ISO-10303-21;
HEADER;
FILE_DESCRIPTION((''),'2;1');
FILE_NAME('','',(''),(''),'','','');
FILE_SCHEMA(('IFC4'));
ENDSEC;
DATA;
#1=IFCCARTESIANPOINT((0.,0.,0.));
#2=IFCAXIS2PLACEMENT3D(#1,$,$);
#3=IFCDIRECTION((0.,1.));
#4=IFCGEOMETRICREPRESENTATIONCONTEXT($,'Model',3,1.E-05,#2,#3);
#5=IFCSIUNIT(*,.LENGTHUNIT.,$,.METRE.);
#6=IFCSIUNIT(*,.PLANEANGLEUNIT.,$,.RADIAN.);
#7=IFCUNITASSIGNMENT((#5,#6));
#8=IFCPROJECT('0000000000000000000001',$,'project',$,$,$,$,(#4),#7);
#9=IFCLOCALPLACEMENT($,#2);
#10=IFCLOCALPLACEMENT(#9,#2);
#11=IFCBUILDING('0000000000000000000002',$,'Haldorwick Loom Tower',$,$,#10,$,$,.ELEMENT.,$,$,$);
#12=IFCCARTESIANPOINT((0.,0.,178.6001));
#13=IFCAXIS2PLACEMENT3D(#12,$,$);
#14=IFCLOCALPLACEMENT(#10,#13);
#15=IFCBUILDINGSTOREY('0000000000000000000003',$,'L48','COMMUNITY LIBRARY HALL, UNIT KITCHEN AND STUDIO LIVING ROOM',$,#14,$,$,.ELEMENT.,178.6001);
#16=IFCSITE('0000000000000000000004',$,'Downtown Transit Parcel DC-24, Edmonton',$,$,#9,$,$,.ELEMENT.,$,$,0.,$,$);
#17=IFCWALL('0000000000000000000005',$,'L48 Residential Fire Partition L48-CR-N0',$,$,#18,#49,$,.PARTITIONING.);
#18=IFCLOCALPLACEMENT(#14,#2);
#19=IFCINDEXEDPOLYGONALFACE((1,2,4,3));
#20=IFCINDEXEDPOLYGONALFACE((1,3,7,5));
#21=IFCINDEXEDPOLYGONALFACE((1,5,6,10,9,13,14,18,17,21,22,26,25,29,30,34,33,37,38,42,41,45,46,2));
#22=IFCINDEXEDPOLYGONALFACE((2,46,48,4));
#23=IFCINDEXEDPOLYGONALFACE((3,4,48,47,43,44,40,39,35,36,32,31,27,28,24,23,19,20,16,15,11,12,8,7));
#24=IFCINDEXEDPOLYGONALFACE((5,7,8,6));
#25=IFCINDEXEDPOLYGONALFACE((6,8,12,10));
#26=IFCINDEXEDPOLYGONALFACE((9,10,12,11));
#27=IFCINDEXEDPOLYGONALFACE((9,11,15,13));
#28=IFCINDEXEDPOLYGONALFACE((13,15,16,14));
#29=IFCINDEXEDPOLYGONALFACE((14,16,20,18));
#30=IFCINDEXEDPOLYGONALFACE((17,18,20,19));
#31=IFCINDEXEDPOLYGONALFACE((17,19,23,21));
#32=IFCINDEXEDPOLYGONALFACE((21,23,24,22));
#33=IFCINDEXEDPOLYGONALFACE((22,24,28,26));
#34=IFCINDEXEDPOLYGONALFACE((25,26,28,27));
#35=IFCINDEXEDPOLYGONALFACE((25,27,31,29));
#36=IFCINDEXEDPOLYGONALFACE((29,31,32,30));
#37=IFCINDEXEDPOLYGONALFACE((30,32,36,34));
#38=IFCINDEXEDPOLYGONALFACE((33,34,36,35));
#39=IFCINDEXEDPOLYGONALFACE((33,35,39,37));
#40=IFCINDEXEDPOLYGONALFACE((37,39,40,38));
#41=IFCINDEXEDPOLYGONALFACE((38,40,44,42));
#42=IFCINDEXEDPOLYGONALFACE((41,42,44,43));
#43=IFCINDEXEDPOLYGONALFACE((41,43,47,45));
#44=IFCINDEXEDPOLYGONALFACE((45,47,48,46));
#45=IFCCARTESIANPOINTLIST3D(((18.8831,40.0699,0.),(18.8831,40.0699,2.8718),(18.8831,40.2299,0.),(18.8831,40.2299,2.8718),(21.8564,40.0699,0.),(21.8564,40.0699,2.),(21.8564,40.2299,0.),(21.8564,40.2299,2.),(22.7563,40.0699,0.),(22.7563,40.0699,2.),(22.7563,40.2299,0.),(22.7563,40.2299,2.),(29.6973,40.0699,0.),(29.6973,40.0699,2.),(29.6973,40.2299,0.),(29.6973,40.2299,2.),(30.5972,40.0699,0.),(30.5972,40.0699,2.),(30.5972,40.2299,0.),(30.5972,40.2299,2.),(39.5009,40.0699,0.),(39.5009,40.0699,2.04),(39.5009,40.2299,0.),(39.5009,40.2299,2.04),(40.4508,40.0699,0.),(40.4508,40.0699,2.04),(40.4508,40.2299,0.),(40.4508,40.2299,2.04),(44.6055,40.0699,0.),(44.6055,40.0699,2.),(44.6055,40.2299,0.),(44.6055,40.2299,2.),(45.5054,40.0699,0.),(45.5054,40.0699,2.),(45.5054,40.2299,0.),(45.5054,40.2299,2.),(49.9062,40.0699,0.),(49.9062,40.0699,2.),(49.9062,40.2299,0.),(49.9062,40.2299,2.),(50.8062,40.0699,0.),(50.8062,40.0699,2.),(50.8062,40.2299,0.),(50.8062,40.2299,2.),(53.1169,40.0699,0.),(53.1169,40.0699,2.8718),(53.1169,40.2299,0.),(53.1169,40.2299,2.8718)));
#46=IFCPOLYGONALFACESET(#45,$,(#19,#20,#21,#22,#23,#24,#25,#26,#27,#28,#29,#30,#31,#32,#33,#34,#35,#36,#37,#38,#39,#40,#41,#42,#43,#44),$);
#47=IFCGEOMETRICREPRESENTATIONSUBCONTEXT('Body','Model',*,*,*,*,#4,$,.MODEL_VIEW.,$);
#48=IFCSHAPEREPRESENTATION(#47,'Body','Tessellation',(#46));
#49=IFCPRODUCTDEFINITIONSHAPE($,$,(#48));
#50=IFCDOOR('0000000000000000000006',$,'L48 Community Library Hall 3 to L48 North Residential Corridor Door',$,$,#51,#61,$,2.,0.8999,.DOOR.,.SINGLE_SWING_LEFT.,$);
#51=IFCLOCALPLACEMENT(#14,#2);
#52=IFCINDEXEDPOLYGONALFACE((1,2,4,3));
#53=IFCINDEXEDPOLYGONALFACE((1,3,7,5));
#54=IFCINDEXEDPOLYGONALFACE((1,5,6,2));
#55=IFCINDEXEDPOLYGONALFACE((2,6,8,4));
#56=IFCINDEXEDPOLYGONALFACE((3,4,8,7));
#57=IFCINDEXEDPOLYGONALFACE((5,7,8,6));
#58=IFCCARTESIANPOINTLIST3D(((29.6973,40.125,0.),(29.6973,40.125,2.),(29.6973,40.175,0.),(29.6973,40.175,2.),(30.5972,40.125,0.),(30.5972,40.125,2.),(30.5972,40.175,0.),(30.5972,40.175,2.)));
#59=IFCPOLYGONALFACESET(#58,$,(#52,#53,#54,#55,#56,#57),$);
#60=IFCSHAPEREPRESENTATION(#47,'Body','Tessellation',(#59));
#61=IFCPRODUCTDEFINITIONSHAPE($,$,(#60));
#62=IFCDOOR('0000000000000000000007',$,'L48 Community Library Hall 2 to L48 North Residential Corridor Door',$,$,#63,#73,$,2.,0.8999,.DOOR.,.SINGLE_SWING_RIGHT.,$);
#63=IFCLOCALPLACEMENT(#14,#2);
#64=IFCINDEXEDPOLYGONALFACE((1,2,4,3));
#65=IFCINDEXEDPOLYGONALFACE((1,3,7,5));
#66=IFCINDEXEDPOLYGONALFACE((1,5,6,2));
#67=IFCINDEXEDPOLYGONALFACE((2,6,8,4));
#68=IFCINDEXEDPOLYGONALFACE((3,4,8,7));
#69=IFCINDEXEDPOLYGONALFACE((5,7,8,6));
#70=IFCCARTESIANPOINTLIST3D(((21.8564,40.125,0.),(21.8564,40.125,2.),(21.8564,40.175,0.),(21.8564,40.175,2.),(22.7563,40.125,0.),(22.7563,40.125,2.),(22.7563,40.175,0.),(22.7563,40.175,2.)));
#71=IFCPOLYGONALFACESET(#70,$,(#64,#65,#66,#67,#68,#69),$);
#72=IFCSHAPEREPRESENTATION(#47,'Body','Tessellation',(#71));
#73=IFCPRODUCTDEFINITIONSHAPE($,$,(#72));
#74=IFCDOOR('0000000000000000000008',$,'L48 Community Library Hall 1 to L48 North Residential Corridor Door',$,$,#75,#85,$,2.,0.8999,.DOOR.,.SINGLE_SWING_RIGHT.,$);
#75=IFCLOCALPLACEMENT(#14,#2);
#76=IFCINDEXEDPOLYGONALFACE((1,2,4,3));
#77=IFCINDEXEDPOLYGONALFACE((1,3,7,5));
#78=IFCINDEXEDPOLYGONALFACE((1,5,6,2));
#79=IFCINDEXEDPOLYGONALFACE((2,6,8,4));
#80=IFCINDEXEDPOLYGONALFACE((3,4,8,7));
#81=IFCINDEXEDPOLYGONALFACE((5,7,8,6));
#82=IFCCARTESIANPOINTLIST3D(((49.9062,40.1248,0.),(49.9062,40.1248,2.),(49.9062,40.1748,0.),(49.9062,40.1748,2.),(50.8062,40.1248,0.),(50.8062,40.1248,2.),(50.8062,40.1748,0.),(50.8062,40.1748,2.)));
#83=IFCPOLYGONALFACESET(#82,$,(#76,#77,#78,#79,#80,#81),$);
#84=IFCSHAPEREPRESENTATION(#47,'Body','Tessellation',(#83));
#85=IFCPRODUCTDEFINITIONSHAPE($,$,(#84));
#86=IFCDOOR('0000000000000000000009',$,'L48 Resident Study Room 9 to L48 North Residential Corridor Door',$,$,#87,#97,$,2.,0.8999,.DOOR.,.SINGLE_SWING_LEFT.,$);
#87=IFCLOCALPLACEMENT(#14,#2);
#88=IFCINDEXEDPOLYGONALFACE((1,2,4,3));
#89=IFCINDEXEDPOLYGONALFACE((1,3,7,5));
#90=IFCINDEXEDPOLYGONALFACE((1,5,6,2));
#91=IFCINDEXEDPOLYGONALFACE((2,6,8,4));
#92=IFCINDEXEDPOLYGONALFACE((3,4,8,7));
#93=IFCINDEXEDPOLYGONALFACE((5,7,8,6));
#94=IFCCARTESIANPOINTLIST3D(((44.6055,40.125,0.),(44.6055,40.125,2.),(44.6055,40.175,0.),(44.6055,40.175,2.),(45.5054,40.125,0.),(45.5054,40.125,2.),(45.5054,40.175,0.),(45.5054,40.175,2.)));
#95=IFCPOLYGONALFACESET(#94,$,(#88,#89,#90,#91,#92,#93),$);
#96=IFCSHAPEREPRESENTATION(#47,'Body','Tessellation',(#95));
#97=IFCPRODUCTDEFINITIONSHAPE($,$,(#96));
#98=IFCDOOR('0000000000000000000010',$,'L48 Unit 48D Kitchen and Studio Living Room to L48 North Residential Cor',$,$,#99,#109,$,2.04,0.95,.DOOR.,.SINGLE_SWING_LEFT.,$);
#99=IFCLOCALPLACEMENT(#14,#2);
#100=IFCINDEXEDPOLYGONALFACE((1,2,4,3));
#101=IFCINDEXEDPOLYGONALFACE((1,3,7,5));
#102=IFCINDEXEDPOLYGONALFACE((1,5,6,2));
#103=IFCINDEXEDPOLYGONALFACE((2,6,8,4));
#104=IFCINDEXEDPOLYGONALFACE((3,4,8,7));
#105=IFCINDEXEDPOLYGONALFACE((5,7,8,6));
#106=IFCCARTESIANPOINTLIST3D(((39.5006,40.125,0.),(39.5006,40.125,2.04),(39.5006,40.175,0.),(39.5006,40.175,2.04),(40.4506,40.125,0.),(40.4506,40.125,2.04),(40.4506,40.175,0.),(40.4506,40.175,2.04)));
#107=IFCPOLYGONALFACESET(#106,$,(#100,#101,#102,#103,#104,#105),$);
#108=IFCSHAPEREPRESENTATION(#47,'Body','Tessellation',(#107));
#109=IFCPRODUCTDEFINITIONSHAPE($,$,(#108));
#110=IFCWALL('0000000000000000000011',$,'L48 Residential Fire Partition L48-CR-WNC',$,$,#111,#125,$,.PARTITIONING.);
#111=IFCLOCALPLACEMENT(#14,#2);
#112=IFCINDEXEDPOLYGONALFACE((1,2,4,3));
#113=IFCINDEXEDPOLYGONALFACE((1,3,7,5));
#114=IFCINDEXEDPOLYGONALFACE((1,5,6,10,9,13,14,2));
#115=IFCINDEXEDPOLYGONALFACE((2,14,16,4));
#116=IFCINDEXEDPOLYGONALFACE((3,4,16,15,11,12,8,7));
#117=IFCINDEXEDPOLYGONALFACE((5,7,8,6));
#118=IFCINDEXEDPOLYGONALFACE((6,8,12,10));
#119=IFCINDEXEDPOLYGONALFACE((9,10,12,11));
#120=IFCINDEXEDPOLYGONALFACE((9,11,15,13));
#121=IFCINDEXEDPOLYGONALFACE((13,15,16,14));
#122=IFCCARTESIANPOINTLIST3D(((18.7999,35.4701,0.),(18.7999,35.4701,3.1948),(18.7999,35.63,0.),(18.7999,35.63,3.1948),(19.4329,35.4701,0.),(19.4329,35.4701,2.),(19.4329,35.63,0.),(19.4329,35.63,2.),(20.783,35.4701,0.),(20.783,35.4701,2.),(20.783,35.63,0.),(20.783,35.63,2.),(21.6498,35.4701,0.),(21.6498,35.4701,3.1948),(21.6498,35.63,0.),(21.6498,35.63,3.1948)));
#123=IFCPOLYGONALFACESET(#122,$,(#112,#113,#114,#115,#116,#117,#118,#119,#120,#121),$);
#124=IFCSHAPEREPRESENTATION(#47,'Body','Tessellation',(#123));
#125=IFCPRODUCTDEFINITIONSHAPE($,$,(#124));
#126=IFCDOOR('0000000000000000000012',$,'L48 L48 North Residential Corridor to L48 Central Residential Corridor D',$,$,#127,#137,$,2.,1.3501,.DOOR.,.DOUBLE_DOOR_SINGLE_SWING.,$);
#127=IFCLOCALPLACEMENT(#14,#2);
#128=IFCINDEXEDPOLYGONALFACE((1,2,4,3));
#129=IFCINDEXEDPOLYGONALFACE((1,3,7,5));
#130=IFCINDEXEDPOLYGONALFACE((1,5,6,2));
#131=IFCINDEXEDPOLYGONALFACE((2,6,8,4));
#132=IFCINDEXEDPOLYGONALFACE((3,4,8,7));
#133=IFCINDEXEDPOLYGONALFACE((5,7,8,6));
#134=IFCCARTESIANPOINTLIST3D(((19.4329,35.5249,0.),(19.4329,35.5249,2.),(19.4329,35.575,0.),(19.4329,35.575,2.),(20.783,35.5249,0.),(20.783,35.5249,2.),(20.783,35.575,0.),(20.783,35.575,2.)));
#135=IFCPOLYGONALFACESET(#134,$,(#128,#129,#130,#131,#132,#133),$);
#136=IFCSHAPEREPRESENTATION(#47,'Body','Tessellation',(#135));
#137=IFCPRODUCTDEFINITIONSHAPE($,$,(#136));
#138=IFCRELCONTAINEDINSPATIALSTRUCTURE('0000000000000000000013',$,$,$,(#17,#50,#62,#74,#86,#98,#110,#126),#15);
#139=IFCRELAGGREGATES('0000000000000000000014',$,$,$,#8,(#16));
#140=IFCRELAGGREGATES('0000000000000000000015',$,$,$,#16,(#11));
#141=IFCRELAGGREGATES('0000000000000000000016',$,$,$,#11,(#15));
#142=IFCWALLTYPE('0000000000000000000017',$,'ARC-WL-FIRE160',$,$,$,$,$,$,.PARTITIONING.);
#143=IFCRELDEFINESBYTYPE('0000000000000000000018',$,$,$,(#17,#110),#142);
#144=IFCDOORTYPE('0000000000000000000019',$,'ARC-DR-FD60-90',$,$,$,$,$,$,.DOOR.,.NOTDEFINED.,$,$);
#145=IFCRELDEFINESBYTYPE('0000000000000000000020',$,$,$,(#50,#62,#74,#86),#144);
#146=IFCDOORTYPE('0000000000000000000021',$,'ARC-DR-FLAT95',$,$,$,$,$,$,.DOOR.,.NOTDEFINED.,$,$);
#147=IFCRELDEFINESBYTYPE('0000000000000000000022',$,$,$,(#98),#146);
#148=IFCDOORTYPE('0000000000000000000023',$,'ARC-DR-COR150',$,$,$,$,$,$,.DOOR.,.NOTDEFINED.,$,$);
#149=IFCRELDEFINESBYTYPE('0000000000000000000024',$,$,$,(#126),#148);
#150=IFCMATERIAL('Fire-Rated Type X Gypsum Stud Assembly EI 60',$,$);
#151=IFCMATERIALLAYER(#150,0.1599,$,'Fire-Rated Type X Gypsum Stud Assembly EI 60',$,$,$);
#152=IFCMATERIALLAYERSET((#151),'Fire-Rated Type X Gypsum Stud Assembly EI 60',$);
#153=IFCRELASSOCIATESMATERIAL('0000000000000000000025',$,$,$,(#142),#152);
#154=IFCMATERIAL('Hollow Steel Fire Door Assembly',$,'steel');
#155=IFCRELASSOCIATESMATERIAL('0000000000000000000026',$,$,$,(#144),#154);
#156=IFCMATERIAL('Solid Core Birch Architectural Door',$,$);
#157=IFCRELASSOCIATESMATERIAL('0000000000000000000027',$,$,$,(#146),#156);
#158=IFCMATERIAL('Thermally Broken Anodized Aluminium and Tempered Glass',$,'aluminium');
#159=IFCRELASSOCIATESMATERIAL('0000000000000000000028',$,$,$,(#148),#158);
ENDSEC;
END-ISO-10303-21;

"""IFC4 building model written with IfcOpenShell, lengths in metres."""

from ifc_helpers import new_model, si_unit, direction, frame, frame_2d, origin, place, context, subcontext, project, spatial, rectangle, extrude, material, layer, layer_set, type_object, element, fill, save


model = new_model("IFC4")

# Units and contexts
model_context = context("Model", 3, precision=1e-05, world=origin(), true_north=direction((0.0, 1.0)))
body_context = subcontext(model_context, "Body", "Model", "MODEL_VIEW")
ifc_project = project(units=[si_unit("LENGTHUNIT", "METRE"), si_unit("PLANEANGLEUNIT", "RADIAN")], contexts=[model_context])

# Site, building, storey
site_placement = place(None, origin())
site = spatial("IfcSite", under=ifc_project, at=site_placement, Name="Downtown Transit Parcel DC-24, Edmonton", CompositionType="ELEMENT", RefElevation=0.0)
building_placement = place(site_placement, origin())
building = spatial("IfcBuilding", under=site, at=building_placement, Name="Haldorwick Loom Tower", CompositionType="ELEMENT")
storey_placement = place(building_placement, frame((0.0, 0.0, 178.6001)))
storey = spatial("IfcBuildingStorey", under=building, at=storey_placement, Name="L48", Description="COMMUNITY LIBRARY HALL, UNIT KITCHEN AND STUDIO LIVING ROOM", CompositionType="ELEMENT", Elevation=178.6001)

# Shared definitions
ifc_material_1 = material(Name="Fire-Rated Type X Gypsum Stud Assembly EI 60")
ifc_layer_1 = layer(ifc_material_1, 0.1599, Name="Fire-Rated Type X Gypsum Stud Assembly EI 60")
ifc_layer_set_1 = layer_set([ifc_layer_1], Name="Fire-Rated Type X Gypsum Stud Assembly EI 60")
wall_type_1 = type_object("IfcWallType", Name="ARC-WL-FIRE160", PredefinedType="PARTITIONING", material=ifc_layer_set_1)

# Shared definitions
ifc_material_2 = material(Name="Hollow Steel Fire Door Assembly", Category="steel")
door_type_1 = type_object("IfcDoorType", Name="ARC-DR-FD60-90", OperationType="NOTDEFINED", PredefinedType="DOOR", material=ifc_material_2)

# Wall, openings, doors
wall_1_placement = place(storey_placement, frame((18.8831, 40.1499, 0.0), z_axis=(0.0, 0.0, 1.0), x_axis=(1.0, 0.0, 0.0)))
wall_1 = element("IfcWall", 1, at=wall_1_placement, inside=storey, type_object=wall_type_1, Name="L48 Residential Fire Partition L48-CR-N0", PredefinedType="PARTITIONING", context=body_context, shape_type="SweptSolid", body=[
    extrude(rectangle(XDim=34.2339, YDim=0.1599, at=frame_2d((17.1169, 0.0))), origin(), (0.0, 0.0, 1.0), 2.8718),
])
opening_1_placement = place(wall_1_placement, frame((10.8142, 0.0, 0.0)))
opening_1 = element("IfcOpeningElement", 2, at=opening_1_placement, cuts=wall_1, PredefinedType="OPENING", context=body_context, shape_type="SweptSolid", body=[
    extrude(rectangle(XDim=0.8999, YDim=2.0, at=frame_2d((0.45, 1.0))), frame((0.0, 0.0898, 0.0), z_axis=(0.0, -1.0, 0.0), x_axis=(1.0, 0.0, 0.0)), (0.0, 0.0, 1.0), 0.1799),
])
opening_2_placement = place(wall_1_placement, frame((2.9734, 0.0, 0.0)))
opening_2 = element("IfcOpeningElement", 3, at=opening_2_placement, cuts=wall_1, PredefinedType="OPENING", context=body_context, shape_type="SweptSolid", body=[
    extrude(rectangle(XDim=0.8999, YDim=2.0, at=frame_2d((0.45, 1.0))), frame((0.0, 0.0898, 0.0), z_axis=(0.0, -1.0, 0.0), x_axis=(1.0, 0.0, 0.0)), (0.0, 0.0, 1.0), 0.1799),
])
opening_3_placement = place(wall_1_placement, frame((20.6177, 0.0, 0.0)))
opening_3 = element("IfcOpeningElement", 4, at=opening_3_placement, cuts=wall_1, PredefinedType="OPENING", context=body_context, shape_type="SweptSolid", body=[
    extrude(rectangle(XDim=0.95, YDim=2.04, at=frame_2d((0.4751, 1.02))), frame((0.0, 0.0898, 0.0), z_axis=(0.0, -1.0, 0.0), x_axis=(1.0, 0.0, 0.0)), (0.0, 0.0, 1.0), 0.1799),
])
opening_4_placement = place(wall_1_placement, frame((31.0232, 0.0, 0.0)))
opening_4 = element("IfcOpeningElement", 5, at=opening_4_placement, cuts=wall_1, PredefinedType="OPENING", context=body_context, shape_type="SweptSolid", body=[
    extrude(rectangle(XDim=0.8999, YDim=2.0, at=frame_2d((0.45, 1.0))), frame((0.0, 0.0898, 0.0), z_axis=(0.0, -1.0, 0.0), x_axis=(1.0, 0.0, 0.0)), (0.0, 0.0, 1.0), 0.1799),
])
opening_5_placement = place(wall_1_placement, frame((25.7224, 0.0, 0.0)))
opening_5 = element("IfcOpeningElement", 6, at=opening_5_placement, cuts=wall_1, PredefinedType="OPENING", context=body_context, shape_type="SweptSolid", body=[
    extrude(rectangle(XDim=0.8999, YDim=2.0, at=frame_2d((0.45, 1.0))), frame((0.0, 0.0898, 0.0), z_axis=(0.0, -1.0, 0.0), x_axis=(1.0, 0.0, 0.0)), (0.0, 0.0, 1.0), 0.1799),
])
door_1_placement = place(opening_1_placement, frame((0.8999, 0.0, 0.0), z_axis=(0.0, 0.0, 1.0), x_axis=(-1.0, 0.0, 0.0)))
door_1 = element("IfcDoor", 7, at=door_1_placement, inside=storey, type_object=door_type_1, Name="L48 Community Library Hall 3 to L48 North Residential Corridor Door", OperationType="SINGLE_SWING_LEFT", OverallHeight=2.0, OverallWidth=0.8999, PredefinedType="DOOR", context=body_context, shape_type="SweptSolid", body=[
    extrude(rectangle(XDim=0.8999, YDim=2.0, at=frame_2d((0.45, 1.0))), frame((0.0, 0.0249, 0.0), z_axis=(0.0, -1.0, 0.0), x_axis=(1.0, 0.0, 0.0)), (0.0, 0.0, 1.0), 0.05),
])
fill(opening_1, door_1)
door_2_placement = place(opening_2_placement, frame((0.8999, 0.0, 0.0), z_axis=(0.0, 0.0, 1.0), x_axis=(-1.0, 0.0, 0.0)))
door_2 = element("IfcDoor", 8, at=door_2_placement, inside=storey, type_object=door_type_1, Name="L48 Community Library Hall 2 to L48 North Residential Corridor Door", OperationType="SINGLE_SWING_RIGHT", OverallHeight=2.0, OverallWidth=0.8999, PredefinedType="DOOR", context=body_context, shape_type="SweptSolid", body=[
    extrude(rectangle(XDim=0.8999, YDim=2.0, at=frame_2d((0.45, 1.0))), frame((0.0, 0.0249, 0.0), z_axis=(0.0, -1.0, 0.0), x_axis=(1.0, 0.0, 0.0)), (0.0, 0.0, 1.0), 0.05),
])
fill(opening_2, door_2)
door_3_placement = place(opening_4_placement, origin())
door_3 = element("IfcDoor", 9, at=door_3_placement, inside=storey, type_object=door_type_1, Name="L48 Community Library Hall 1 to L48 North Residential Corridor Door", OperationType="SINGLE_SWING_RIGHT", OverallHeight=2.0, OverallWidth=0.8999, PredefinedType="DOOR", context=body_context, shape_type="SweptSolid", body=[
    extrude(rectangle(XDim=0.8999, YDim=2.0, at=frame_2d((0.45, 1.0))), frame((0.0, 0.0249, 0.0), z_axis=(0.0, -1.0, 0.0), x_axis=(1.0, 0.0, 0.0)), (0.0, 0.0, 1.0), 0.05),
])
fill(opening_4, door_3)
door_4_placement = place(opening_5_placement, frame((0.8999, 0.0, 0.0), z_axis=(0.0, 0.0, 1.0), x_axis=(-1.0, 0.0, 0.0)))
door_4 = element("IfcDoor", 10, at=door_4_placement, inside=storey, type_object=door_type_1, Name="L48 Resident Study Room 9 to L48 North Residential Corridor Door", OperationType="SINGLE_SWING_LEFT", OverallHeight=2.0, OverallWidth=0.8999, PredefinedType="DOOR", context=body_context, shape_type="SweptSolid", body=[
    extrude(rectangle(XDim=0.8999, YDim=2.0, at=frame_2d((0.45, 1.0))), frame((0.0, 0.0249, 0.0), z_axis=(0.0, -1.0, 0.0), x_axis=(1.0, 0.0, 0.0)), (0.0, 0.0, 1.0), 0.05),
])
fill(opening_5, door_4)
ifc_material_3 = material(Name="Solid Core Birch Architectural Door")
door_type_2 = type_object("IfcDoorType", Name="ARC-DR-FLAT95", OperationType="NOTDEFINED", PredefinedType="DOOR", material=ifc_material_3)
door_5_placement = place(opening_3_placement, frame((0.95, 0.0, 0.0), z_axis=(0.0, 0.0, 1.0), x_axis=(-1.0, 0.0, 0.0)))
door_5 = element("IfcDoor", 11, at=door_5_placement, inside=storey, type_object=door_type_2, Name="L48 Unit 48D Kitchen and Studio Living Room to L48 North Residential Cor", OperationType="SINGLE_SWING_LEFT", OverallHeight=2.04, OverallWidth=0.95, PredefinedType="DOOR", context=body_context, shape_type="SweptSolid", body=[
    extrude(rectangle(XDim=0.95, YDim=2.04, at=frame_2d((0.4751, 1.02))), frame((0.0, 0.0249, 0.0), z_axis=(0.0, -1.0, 0.0), x_axis=(1.0, 0.0, 0.0)), (0.0, 0.0, 1.0), 0.05),
])
fill(opening_3, door_5)

# Wall, opening, door
wall_2_placement = place(storey_placement, frame((18.8, 35.55, 0.0), z_axis=(0.0, 0.0, 1.0), x_axis=(1.0, 0.0, 0.0)))
wall_2 = element("IfcWall", 12, at=wall_2_placement, inside=storey, type_object=wall_type_1, Name="L48 Residential Fire Partition L48-CR-WNC", PredefinedType="PARTITIONING", context=body_context, shape_type="SweptSolid", body=[
    extrude(rectangle(XDim=2.8499, YDim=0.1599, at=frame_2d((1.4248, 0.0))), origin(), (0.0, 0.0, 1.0), 3.1948),
])
opening_6_placement = place(wall_2_placement, frame((0.6328, 0.0, 0.0)))
opening_6 = element("IfcOpeningElement", 13, at=opening_6_placement, cuts=wall_2, PredefinedType="OPENING", context=body_context, shape_type="SweptSolid", body=[
    extrude(rectangle(XDim=1.3501, YDim=2.0, at=frame_2d((0.675, 1.0))), frame((0.0, 0.0898, 0.0), z_axis=(0.0, -1.0, 0.0), x_axis=(1.0, 0.0, 0.0)), (0.0, 0.0, 1.0), 0.1799),
])
ifc_material_4 = material(Name="Thermally Broken Anodized Aluminium and Tempered Glass", Category="aluminium")
door_type_3 = type_object("IfcDoorType", Name="ARC-DR-COR150", OperationType="NOTDEFINED", PredefinedType="DOOR", material=ifc_material_4)
door_6_placement = place(opening_6_placement, origin())
door_6 = element("IfcDoor", 14, at=door_6_placement, inside=storey, type_object=door_type_3, Name="L48 L48 North Residential Corridor to L48 Central Residential Corridor D", OperationType="DOUBLE_DOOR_SINGLE_SWING", OverallHeight=2.0, OverallWidth=1.3501, PredefinedType="DOOR", context=body_context, shape_type="SweptSolid", body=[
    extrude(rectangle(XDim=1.3501, YDim=2.0, at=frame_2d((0.675, 1.0))), frame((0.0, 0.0249, 0.0), z_axis=(0.0, -1.0, 0.0), x_axis=(1.0, 0.0, 0.0)), (0.0, 0.0, 1.0), 0.05),
])
fill(opening_6, door_6)

save(model, "model.ifc")
